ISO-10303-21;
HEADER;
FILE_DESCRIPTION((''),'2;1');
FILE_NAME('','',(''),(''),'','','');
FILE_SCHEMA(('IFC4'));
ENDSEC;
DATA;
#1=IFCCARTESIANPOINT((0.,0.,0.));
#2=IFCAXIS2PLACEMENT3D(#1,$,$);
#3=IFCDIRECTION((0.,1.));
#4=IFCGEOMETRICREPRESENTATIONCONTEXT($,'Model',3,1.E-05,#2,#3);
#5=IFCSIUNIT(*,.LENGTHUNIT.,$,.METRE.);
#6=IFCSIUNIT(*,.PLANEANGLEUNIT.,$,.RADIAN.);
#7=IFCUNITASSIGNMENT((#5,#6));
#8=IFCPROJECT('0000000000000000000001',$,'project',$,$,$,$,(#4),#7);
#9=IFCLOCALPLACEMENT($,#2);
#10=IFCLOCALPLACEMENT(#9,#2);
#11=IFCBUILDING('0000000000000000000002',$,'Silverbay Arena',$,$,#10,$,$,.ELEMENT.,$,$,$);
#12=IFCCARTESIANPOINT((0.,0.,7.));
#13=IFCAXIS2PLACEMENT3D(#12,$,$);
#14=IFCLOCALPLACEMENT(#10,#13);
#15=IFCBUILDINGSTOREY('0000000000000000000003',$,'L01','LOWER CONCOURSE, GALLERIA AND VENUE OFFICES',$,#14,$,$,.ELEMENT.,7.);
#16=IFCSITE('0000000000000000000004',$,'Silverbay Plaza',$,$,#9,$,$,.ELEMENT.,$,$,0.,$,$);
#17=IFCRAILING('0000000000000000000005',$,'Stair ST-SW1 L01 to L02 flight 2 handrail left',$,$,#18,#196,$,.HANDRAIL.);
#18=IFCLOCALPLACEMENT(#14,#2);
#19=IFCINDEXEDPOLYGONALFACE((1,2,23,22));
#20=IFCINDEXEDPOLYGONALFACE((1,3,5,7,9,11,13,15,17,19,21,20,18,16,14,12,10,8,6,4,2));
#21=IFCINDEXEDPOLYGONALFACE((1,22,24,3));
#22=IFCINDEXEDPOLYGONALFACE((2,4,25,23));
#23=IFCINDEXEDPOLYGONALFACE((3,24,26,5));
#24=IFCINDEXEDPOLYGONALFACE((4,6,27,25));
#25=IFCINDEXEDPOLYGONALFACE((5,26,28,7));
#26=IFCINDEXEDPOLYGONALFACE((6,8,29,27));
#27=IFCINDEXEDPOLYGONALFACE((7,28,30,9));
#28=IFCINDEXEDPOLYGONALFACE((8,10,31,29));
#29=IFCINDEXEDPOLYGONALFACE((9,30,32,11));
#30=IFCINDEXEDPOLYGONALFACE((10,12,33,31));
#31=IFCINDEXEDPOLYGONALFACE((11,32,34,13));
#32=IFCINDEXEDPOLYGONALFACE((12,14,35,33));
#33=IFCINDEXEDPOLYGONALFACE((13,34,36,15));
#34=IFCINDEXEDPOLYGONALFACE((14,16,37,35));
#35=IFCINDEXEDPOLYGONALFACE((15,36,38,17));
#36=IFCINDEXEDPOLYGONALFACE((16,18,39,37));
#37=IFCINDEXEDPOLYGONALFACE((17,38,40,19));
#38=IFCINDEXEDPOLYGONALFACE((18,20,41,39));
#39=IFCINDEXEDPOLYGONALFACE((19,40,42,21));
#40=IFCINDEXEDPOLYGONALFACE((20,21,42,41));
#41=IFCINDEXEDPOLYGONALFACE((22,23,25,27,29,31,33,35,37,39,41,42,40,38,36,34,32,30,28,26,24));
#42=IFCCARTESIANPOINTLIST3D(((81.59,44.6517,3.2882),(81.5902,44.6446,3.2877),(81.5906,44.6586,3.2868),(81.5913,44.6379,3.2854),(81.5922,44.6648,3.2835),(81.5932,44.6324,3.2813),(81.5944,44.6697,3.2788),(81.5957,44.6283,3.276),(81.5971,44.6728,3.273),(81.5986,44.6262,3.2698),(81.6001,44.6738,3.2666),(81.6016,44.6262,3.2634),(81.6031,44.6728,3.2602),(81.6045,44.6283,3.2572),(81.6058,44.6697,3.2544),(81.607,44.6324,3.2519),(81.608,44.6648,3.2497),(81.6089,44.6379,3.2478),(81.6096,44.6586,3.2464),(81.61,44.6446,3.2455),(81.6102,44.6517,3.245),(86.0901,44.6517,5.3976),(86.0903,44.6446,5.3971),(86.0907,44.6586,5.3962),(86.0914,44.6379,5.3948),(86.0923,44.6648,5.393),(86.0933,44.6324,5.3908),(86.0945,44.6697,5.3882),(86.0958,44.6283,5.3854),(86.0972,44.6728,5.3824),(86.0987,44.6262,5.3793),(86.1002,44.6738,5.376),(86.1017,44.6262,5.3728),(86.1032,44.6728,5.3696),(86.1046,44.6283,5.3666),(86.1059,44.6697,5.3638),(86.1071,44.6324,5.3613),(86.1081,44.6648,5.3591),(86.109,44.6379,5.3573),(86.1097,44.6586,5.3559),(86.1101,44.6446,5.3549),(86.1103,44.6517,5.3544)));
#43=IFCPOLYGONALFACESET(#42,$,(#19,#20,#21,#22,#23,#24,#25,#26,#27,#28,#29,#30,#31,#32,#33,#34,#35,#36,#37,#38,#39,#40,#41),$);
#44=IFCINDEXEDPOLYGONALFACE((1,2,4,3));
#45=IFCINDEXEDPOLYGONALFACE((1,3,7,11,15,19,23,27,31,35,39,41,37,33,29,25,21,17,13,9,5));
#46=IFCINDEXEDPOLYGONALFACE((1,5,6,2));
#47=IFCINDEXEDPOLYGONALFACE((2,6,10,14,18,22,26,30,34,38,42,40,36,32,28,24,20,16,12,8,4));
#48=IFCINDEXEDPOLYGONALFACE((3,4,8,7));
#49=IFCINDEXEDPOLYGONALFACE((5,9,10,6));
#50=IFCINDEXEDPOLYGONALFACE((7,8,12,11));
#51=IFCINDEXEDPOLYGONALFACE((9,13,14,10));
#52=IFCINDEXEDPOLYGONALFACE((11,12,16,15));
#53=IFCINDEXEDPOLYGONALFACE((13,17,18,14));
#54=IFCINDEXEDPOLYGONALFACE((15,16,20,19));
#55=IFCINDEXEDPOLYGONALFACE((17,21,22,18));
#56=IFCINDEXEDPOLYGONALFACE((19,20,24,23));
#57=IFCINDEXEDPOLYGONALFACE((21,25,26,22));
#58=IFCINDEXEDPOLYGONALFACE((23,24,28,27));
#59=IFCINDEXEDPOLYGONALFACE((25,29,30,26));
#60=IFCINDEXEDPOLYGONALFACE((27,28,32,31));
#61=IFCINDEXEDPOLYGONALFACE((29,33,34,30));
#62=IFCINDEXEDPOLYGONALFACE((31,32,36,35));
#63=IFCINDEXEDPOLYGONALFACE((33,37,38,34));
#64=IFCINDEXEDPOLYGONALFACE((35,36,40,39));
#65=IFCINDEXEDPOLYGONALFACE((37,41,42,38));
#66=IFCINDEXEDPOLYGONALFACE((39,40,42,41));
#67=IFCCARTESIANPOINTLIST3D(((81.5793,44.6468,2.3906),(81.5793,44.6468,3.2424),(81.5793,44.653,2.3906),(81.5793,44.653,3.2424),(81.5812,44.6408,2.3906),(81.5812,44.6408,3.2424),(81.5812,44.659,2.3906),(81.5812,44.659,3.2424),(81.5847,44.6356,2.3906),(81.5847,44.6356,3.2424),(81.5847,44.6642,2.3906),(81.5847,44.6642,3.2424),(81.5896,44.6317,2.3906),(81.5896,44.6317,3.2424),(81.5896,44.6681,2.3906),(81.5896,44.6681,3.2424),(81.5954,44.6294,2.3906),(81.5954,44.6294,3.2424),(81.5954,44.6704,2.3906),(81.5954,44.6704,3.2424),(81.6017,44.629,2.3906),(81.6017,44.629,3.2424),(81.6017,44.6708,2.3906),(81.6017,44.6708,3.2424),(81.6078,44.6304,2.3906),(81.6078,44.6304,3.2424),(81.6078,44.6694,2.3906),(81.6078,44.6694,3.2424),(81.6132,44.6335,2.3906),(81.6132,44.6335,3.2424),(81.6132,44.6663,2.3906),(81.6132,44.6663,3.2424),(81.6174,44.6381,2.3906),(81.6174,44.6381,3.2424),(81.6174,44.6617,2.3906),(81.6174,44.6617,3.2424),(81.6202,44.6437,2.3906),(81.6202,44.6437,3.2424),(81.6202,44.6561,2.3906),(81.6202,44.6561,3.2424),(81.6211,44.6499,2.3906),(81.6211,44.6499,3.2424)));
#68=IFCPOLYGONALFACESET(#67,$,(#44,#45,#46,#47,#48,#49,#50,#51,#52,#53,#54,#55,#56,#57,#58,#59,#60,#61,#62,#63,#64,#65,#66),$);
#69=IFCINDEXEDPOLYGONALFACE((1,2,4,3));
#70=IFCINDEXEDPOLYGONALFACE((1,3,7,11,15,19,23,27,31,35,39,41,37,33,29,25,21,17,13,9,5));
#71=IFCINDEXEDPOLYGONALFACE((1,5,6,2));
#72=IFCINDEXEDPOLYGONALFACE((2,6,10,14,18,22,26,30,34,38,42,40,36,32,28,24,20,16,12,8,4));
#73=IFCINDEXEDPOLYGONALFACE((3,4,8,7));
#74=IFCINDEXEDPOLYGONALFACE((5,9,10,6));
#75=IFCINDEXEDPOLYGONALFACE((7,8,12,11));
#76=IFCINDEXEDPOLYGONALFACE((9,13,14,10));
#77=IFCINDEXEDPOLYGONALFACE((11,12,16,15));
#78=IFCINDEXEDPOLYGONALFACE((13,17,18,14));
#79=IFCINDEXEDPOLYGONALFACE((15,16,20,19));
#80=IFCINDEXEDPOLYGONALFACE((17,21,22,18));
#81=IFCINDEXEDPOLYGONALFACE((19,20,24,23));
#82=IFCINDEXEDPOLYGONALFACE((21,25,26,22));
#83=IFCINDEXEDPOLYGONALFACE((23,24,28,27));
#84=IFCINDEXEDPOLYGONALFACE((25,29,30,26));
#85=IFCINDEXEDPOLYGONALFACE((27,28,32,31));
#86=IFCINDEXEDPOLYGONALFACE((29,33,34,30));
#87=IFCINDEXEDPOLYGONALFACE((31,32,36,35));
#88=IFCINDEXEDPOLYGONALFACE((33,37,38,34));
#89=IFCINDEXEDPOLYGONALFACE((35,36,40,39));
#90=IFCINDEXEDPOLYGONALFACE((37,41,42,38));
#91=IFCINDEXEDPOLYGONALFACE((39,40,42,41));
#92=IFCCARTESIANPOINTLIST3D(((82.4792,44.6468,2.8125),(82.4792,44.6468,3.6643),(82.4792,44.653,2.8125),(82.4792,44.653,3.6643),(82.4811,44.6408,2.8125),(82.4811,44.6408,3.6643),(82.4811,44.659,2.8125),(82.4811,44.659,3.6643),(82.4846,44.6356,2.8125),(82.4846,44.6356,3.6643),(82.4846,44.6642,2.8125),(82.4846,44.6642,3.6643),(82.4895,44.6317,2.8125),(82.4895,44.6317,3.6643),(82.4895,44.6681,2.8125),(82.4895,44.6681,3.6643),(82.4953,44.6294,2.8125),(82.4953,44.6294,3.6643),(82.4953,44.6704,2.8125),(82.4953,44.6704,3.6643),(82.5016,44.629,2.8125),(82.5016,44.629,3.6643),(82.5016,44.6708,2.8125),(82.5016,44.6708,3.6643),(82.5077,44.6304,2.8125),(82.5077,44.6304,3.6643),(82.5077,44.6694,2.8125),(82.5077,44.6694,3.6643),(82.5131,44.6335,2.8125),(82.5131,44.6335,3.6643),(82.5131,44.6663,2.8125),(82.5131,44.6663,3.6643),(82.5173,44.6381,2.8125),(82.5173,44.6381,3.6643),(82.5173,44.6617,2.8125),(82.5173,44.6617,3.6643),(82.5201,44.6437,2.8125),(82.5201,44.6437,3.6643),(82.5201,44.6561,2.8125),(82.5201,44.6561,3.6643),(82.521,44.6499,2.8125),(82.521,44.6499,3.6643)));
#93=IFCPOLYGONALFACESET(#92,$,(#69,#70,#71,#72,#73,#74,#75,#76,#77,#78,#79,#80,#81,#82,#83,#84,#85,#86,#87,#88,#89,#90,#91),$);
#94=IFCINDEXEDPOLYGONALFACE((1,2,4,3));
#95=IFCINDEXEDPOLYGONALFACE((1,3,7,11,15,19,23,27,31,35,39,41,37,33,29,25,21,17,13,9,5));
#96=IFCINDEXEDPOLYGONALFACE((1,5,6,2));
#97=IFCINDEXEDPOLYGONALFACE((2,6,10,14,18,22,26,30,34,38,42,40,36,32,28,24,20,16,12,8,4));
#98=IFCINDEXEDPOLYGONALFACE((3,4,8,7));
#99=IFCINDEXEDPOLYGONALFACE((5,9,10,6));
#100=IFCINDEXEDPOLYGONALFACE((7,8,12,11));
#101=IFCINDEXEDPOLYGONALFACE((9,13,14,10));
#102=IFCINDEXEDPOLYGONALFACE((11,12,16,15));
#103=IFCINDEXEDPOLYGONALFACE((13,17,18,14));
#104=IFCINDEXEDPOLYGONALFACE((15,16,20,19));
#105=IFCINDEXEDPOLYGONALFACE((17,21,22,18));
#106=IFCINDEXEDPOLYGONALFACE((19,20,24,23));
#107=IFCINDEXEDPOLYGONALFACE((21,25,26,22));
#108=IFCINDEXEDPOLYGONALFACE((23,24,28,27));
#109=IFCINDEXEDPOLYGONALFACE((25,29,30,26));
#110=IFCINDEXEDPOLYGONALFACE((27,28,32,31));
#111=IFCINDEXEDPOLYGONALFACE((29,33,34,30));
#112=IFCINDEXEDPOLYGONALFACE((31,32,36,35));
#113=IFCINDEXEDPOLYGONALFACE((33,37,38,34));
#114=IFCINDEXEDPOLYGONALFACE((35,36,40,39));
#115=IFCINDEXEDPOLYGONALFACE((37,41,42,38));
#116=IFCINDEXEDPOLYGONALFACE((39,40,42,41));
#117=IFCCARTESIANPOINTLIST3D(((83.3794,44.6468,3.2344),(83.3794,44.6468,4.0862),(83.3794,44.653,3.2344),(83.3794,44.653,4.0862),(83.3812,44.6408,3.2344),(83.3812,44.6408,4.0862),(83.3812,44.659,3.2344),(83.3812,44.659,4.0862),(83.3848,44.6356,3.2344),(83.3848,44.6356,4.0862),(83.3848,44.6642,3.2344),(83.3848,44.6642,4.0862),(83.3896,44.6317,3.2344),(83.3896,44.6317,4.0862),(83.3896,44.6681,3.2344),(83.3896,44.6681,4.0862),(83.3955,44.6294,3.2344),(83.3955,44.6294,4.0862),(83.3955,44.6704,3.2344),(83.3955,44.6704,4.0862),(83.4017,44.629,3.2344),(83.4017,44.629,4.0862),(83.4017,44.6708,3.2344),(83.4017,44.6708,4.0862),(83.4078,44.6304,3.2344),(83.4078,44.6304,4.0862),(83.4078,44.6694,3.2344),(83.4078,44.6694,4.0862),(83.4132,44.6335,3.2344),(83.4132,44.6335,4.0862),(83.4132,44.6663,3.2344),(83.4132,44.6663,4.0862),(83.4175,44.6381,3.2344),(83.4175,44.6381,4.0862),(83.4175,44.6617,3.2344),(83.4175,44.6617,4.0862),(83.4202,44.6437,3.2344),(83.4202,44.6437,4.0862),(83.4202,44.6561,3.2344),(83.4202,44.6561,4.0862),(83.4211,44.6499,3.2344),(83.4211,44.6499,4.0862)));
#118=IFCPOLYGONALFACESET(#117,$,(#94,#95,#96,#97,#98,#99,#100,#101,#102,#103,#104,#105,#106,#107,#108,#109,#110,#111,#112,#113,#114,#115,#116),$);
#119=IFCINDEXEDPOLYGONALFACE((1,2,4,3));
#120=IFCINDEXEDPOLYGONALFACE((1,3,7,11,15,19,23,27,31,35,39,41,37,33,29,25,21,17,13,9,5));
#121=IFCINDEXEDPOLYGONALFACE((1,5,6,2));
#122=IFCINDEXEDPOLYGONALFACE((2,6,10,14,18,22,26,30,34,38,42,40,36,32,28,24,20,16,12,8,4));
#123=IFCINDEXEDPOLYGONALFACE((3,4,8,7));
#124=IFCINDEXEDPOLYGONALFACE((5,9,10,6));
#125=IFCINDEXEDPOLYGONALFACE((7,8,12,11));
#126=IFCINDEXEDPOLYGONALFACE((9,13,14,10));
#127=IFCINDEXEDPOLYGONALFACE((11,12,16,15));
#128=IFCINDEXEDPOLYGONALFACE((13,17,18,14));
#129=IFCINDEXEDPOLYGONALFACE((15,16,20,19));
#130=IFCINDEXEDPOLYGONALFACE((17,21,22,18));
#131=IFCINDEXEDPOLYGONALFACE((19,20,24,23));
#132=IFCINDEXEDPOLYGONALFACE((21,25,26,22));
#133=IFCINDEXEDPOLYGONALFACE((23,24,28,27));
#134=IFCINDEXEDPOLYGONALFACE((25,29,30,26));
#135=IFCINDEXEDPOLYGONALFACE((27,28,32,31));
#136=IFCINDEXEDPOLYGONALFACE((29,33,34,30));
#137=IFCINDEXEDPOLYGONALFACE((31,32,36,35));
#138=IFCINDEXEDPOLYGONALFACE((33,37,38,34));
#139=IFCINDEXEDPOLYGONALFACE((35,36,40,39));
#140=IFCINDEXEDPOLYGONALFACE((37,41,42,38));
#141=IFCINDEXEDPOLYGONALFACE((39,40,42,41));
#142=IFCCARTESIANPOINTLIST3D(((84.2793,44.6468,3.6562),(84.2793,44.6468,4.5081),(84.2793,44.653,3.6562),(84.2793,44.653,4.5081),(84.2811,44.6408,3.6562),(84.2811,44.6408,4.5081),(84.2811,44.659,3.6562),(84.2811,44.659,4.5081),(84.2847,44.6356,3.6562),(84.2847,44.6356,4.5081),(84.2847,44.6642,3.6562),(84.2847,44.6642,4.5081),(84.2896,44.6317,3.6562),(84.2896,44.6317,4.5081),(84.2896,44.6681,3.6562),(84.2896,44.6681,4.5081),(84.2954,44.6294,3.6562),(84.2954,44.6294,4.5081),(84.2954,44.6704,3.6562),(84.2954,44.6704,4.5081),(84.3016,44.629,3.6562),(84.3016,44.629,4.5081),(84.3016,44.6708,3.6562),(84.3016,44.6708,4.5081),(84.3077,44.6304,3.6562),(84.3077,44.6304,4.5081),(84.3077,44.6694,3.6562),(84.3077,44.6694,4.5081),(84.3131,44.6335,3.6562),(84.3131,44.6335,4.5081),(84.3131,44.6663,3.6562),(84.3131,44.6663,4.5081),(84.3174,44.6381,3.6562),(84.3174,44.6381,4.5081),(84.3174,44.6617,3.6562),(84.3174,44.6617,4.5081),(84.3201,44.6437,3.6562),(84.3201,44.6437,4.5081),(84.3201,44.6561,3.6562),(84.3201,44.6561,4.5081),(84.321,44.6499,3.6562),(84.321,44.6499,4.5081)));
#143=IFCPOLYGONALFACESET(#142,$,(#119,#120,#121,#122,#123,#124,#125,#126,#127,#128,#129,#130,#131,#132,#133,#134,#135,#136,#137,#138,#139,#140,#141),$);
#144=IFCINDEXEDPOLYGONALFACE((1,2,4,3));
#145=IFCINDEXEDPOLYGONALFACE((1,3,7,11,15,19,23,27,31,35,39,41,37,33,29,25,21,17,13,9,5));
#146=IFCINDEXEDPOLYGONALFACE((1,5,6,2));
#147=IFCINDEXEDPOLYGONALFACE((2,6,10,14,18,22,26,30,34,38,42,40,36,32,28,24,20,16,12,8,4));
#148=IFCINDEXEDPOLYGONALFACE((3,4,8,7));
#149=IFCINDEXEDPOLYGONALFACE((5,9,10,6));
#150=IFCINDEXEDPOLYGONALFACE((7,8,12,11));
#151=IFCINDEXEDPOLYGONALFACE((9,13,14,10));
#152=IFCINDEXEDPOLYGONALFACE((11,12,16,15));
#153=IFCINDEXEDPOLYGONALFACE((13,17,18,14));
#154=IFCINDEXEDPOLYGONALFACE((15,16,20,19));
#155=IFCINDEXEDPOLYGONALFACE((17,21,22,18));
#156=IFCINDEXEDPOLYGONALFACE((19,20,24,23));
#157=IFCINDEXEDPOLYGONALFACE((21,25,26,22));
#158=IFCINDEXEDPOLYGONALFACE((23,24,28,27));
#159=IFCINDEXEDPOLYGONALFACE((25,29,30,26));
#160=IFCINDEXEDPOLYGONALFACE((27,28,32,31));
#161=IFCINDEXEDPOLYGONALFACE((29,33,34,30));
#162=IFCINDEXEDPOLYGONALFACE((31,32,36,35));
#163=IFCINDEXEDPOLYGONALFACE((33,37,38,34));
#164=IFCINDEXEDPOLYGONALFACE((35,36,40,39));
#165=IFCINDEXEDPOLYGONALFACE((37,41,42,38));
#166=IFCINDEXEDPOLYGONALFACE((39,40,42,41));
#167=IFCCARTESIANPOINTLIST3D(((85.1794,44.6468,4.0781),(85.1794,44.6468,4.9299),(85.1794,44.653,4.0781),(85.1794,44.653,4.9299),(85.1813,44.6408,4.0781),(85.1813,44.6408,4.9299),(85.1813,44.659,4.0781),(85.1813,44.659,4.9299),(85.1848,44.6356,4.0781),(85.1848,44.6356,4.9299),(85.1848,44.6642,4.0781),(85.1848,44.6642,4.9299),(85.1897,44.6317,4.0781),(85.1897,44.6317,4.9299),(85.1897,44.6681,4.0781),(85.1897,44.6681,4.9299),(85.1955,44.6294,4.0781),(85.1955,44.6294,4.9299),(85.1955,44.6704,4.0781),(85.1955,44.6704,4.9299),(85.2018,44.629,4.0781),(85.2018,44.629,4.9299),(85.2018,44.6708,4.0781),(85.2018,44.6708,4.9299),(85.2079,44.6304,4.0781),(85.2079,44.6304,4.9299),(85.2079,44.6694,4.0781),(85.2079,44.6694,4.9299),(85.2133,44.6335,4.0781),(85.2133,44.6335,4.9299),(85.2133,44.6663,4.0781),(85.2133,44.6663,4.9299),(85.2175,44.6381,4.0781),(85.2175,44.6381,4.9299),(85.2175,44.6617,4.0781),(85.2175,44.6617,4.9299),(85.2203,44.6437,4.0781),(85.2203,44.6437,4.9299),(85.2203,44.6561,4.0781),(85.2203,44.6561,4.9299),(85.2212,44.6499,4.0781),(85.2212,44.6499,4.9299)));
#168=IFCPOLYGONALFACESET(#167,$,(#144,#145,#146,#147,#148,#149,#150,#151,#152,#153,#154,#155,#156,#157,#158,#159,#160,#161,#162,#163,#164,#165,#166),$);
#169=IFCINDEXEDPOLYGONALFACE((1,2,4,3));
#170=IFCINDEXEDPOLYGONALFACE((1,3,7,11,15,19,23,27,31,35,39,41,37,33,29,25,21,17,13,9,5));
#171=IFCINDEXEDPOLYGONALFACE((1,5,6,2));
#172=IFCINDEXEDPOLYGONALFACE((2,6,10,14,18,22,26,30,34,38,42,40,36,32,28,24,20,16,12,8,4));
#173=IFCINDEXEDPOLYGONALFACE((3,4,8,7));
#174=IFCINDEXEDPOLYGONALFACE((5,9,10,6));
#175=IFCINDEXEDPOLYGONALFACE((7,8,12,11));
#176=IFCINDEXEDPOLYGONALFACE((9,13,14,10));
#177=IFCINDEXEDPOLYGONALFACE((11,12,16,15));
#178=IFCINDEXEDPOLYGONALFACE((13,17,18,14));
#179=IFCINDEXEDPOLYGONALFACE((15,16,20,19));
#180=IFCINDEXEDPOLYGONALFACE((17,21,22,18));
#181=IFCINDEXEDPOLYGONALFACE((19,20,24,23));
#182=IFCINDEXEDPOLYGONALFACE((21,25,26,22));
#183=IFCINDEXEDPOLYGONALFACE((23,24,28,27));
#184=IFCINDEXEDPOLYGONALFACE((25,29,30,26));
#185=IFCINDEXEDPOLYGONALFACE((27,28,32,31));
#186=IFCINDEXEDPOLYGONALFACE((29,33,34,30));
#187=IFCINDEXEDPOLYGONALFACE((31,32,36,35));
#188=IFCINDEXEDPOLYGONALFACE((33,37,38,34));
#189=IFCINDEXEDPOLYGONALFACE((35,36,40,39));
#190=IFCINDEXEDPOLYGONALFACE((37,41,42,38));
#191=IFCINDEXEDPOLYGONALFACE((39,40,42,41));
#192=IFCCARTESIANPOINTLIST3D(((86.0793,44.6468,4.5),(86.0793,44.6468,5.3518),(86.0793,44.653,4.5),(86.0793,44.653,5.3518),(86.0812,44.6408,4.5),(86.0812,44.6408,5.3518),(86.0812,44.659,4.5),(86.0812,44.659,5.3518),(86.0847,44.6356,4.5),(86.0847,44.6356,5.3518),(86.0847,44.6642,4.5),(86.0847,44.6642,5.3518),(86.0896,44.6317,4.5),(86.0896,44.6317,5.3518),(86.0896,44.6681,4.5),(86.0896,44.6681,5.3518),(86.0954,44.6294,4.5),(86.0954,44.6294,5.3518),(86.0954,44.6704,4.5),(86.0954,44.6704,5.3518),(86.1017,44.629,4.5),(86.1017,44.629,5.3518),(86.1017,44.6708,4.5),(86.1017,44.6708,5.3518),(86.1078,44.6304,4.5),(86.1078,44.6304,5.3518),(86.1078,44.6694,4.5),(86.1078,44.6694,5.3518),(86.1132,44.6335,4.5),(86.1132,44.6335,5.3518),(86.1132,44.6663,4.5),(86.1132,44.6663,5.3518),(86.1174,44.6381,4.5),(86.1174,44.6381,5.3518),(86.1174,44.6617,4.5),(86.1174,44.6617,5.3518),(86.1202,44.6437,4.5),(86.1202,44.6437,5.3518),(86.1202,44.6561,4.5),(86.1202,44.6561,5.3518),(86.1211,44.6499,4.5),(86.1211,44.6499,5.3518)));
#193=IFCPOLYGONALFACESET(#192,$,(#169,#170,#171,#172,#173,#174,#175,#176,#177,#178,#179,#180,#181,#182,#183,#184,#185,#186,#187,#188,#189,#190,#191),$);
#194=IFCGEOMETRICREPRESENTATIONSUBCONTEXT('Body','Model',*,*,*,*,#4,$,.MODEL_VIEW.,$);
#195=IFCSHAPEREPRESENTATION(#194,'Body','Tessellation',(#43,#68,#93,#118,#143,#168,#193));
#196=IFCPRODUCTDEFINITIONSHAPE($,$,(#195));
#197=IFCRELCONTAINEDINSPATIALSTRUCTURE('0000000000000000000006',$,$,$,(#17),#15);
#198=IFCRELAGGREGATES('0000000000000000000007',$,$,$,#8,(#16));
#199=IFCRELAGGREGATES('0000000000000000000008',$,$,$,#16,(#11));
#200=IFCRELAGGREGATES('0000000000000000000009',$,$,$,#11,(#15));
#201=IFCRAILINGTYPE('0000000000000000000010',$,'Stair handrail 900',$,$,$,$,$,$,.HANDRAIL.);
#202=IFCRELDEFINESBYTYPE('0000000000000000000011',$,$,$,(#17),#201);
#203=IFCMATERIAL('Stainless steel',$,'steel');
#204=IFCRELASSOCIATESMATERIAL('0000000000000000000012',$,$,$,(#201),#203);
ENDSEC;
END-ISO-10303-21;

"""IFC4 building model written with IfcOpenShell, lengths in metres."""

from ifc_helpers import new_model, si_unit, direction, frame, origin, origin_2d, place, context, subcontext, project, spatial, circle, extrude, material, type_object, element, save


model = new_model("IFC4")

# Units and contexts
model_context = context("Model", 3, precision=1e-05, world=origin(), true_north=direction((0.0, 1.0)))
body_context = subcontext(model_context, "Body", "Model", "MODEL_VIEW")
ifc_project = project(units=[si_unit("LENGTHUNIT", "METRE"), si_unit("PLANEANGLEUNIT", "RADIAN")], contexts=[model_context])

# Site, building, storey
site_placement = place(None, origin())
site = spatial("IfcSite", under=ifc_project, at=site_placement, Name="Silverbay Plaza", CompositionType="ELEMENT", RefElevation=0.0)
building_placement = place(site_placement, origin())
building = spatial("IfcBuilding", under=site, at=building_placement, Name="Silverbay Arena", CompositionType="ELEMENT")
storey_placement = place(building_placement, frame((0.0, 0.0, 7.0)))
storey = spatial("IfcBuildingStorey", under=building, at=storey_placement, Name="L01", Description="LOWER CONCOURSE, GALLERIA AND VENUE OFFICES", CompositionType="ELEMENT", Elevation=7.0)

# Railing
ifc_material_1 = material(Name="Stainless steel", Category="steel")
railing_type_1 = type_object("IfcRailingType", Name="Stair handrail 900", PredefinedType="HANDRAIL", material=ifc_material_1)
for number, where, name in (
    (1, (81.6001, 44.6499, 2.3906), "Stair ST-SW1 L01 to L02 flight 2 handrail left"),
):
    element("IfcRailing", number, at=place(storey_placement, frame(where)), inside=storey, type_object=railing_type_1, Name=name, PredefinedType="HANDRAIL", context=body_context, shape_type="SweptSolid", body=[
        extrude(circle(Radius=0.0239, at=origin_2d()), frame((0.0, 0.0, 0.876), z_axis=(0.905459, 0.0, 0.424434), x_axis=(0.0, 1.0, 0.0)), (0.0, 0.0, 1.0), 4.97),
        extrude(circle(Radius=0.021, at=origin_2d()), origin(), (0.0, 0.0, 1.0), 0.8518),
        extrude(circle(Radius=0.021, at=origin_2d()), frame((0.8999, 0.0, 0.4219)), (0.0, 0.0, 1.0), 0.8518),
        extrude(circle(Radius=0.021, at=origin_2d()), frame((1.8, 0.0, 0.8438)), (0.0, 0.0, 1.0), 0.8518),
        extrude(circle(Radius=0.021, at=origin_2d()), frame((2.7, 0.0, 1.2656)), (0.0, 0.0, 1.0), 0.8518),
        extrude(circle(Radius=0.021, at=origin_2d()), frame((3.6001, 0.0, 1.6875)), (0.0, 0.0, 1.0), 0.8518),
        extrude(circle(Radius=0.021, at=origin_2d()), frame((4.5, 0.0, 2.1094)), (0.0, 0.0, 1.0), 0.8518),
    ])

save(model, "model.ifc")
